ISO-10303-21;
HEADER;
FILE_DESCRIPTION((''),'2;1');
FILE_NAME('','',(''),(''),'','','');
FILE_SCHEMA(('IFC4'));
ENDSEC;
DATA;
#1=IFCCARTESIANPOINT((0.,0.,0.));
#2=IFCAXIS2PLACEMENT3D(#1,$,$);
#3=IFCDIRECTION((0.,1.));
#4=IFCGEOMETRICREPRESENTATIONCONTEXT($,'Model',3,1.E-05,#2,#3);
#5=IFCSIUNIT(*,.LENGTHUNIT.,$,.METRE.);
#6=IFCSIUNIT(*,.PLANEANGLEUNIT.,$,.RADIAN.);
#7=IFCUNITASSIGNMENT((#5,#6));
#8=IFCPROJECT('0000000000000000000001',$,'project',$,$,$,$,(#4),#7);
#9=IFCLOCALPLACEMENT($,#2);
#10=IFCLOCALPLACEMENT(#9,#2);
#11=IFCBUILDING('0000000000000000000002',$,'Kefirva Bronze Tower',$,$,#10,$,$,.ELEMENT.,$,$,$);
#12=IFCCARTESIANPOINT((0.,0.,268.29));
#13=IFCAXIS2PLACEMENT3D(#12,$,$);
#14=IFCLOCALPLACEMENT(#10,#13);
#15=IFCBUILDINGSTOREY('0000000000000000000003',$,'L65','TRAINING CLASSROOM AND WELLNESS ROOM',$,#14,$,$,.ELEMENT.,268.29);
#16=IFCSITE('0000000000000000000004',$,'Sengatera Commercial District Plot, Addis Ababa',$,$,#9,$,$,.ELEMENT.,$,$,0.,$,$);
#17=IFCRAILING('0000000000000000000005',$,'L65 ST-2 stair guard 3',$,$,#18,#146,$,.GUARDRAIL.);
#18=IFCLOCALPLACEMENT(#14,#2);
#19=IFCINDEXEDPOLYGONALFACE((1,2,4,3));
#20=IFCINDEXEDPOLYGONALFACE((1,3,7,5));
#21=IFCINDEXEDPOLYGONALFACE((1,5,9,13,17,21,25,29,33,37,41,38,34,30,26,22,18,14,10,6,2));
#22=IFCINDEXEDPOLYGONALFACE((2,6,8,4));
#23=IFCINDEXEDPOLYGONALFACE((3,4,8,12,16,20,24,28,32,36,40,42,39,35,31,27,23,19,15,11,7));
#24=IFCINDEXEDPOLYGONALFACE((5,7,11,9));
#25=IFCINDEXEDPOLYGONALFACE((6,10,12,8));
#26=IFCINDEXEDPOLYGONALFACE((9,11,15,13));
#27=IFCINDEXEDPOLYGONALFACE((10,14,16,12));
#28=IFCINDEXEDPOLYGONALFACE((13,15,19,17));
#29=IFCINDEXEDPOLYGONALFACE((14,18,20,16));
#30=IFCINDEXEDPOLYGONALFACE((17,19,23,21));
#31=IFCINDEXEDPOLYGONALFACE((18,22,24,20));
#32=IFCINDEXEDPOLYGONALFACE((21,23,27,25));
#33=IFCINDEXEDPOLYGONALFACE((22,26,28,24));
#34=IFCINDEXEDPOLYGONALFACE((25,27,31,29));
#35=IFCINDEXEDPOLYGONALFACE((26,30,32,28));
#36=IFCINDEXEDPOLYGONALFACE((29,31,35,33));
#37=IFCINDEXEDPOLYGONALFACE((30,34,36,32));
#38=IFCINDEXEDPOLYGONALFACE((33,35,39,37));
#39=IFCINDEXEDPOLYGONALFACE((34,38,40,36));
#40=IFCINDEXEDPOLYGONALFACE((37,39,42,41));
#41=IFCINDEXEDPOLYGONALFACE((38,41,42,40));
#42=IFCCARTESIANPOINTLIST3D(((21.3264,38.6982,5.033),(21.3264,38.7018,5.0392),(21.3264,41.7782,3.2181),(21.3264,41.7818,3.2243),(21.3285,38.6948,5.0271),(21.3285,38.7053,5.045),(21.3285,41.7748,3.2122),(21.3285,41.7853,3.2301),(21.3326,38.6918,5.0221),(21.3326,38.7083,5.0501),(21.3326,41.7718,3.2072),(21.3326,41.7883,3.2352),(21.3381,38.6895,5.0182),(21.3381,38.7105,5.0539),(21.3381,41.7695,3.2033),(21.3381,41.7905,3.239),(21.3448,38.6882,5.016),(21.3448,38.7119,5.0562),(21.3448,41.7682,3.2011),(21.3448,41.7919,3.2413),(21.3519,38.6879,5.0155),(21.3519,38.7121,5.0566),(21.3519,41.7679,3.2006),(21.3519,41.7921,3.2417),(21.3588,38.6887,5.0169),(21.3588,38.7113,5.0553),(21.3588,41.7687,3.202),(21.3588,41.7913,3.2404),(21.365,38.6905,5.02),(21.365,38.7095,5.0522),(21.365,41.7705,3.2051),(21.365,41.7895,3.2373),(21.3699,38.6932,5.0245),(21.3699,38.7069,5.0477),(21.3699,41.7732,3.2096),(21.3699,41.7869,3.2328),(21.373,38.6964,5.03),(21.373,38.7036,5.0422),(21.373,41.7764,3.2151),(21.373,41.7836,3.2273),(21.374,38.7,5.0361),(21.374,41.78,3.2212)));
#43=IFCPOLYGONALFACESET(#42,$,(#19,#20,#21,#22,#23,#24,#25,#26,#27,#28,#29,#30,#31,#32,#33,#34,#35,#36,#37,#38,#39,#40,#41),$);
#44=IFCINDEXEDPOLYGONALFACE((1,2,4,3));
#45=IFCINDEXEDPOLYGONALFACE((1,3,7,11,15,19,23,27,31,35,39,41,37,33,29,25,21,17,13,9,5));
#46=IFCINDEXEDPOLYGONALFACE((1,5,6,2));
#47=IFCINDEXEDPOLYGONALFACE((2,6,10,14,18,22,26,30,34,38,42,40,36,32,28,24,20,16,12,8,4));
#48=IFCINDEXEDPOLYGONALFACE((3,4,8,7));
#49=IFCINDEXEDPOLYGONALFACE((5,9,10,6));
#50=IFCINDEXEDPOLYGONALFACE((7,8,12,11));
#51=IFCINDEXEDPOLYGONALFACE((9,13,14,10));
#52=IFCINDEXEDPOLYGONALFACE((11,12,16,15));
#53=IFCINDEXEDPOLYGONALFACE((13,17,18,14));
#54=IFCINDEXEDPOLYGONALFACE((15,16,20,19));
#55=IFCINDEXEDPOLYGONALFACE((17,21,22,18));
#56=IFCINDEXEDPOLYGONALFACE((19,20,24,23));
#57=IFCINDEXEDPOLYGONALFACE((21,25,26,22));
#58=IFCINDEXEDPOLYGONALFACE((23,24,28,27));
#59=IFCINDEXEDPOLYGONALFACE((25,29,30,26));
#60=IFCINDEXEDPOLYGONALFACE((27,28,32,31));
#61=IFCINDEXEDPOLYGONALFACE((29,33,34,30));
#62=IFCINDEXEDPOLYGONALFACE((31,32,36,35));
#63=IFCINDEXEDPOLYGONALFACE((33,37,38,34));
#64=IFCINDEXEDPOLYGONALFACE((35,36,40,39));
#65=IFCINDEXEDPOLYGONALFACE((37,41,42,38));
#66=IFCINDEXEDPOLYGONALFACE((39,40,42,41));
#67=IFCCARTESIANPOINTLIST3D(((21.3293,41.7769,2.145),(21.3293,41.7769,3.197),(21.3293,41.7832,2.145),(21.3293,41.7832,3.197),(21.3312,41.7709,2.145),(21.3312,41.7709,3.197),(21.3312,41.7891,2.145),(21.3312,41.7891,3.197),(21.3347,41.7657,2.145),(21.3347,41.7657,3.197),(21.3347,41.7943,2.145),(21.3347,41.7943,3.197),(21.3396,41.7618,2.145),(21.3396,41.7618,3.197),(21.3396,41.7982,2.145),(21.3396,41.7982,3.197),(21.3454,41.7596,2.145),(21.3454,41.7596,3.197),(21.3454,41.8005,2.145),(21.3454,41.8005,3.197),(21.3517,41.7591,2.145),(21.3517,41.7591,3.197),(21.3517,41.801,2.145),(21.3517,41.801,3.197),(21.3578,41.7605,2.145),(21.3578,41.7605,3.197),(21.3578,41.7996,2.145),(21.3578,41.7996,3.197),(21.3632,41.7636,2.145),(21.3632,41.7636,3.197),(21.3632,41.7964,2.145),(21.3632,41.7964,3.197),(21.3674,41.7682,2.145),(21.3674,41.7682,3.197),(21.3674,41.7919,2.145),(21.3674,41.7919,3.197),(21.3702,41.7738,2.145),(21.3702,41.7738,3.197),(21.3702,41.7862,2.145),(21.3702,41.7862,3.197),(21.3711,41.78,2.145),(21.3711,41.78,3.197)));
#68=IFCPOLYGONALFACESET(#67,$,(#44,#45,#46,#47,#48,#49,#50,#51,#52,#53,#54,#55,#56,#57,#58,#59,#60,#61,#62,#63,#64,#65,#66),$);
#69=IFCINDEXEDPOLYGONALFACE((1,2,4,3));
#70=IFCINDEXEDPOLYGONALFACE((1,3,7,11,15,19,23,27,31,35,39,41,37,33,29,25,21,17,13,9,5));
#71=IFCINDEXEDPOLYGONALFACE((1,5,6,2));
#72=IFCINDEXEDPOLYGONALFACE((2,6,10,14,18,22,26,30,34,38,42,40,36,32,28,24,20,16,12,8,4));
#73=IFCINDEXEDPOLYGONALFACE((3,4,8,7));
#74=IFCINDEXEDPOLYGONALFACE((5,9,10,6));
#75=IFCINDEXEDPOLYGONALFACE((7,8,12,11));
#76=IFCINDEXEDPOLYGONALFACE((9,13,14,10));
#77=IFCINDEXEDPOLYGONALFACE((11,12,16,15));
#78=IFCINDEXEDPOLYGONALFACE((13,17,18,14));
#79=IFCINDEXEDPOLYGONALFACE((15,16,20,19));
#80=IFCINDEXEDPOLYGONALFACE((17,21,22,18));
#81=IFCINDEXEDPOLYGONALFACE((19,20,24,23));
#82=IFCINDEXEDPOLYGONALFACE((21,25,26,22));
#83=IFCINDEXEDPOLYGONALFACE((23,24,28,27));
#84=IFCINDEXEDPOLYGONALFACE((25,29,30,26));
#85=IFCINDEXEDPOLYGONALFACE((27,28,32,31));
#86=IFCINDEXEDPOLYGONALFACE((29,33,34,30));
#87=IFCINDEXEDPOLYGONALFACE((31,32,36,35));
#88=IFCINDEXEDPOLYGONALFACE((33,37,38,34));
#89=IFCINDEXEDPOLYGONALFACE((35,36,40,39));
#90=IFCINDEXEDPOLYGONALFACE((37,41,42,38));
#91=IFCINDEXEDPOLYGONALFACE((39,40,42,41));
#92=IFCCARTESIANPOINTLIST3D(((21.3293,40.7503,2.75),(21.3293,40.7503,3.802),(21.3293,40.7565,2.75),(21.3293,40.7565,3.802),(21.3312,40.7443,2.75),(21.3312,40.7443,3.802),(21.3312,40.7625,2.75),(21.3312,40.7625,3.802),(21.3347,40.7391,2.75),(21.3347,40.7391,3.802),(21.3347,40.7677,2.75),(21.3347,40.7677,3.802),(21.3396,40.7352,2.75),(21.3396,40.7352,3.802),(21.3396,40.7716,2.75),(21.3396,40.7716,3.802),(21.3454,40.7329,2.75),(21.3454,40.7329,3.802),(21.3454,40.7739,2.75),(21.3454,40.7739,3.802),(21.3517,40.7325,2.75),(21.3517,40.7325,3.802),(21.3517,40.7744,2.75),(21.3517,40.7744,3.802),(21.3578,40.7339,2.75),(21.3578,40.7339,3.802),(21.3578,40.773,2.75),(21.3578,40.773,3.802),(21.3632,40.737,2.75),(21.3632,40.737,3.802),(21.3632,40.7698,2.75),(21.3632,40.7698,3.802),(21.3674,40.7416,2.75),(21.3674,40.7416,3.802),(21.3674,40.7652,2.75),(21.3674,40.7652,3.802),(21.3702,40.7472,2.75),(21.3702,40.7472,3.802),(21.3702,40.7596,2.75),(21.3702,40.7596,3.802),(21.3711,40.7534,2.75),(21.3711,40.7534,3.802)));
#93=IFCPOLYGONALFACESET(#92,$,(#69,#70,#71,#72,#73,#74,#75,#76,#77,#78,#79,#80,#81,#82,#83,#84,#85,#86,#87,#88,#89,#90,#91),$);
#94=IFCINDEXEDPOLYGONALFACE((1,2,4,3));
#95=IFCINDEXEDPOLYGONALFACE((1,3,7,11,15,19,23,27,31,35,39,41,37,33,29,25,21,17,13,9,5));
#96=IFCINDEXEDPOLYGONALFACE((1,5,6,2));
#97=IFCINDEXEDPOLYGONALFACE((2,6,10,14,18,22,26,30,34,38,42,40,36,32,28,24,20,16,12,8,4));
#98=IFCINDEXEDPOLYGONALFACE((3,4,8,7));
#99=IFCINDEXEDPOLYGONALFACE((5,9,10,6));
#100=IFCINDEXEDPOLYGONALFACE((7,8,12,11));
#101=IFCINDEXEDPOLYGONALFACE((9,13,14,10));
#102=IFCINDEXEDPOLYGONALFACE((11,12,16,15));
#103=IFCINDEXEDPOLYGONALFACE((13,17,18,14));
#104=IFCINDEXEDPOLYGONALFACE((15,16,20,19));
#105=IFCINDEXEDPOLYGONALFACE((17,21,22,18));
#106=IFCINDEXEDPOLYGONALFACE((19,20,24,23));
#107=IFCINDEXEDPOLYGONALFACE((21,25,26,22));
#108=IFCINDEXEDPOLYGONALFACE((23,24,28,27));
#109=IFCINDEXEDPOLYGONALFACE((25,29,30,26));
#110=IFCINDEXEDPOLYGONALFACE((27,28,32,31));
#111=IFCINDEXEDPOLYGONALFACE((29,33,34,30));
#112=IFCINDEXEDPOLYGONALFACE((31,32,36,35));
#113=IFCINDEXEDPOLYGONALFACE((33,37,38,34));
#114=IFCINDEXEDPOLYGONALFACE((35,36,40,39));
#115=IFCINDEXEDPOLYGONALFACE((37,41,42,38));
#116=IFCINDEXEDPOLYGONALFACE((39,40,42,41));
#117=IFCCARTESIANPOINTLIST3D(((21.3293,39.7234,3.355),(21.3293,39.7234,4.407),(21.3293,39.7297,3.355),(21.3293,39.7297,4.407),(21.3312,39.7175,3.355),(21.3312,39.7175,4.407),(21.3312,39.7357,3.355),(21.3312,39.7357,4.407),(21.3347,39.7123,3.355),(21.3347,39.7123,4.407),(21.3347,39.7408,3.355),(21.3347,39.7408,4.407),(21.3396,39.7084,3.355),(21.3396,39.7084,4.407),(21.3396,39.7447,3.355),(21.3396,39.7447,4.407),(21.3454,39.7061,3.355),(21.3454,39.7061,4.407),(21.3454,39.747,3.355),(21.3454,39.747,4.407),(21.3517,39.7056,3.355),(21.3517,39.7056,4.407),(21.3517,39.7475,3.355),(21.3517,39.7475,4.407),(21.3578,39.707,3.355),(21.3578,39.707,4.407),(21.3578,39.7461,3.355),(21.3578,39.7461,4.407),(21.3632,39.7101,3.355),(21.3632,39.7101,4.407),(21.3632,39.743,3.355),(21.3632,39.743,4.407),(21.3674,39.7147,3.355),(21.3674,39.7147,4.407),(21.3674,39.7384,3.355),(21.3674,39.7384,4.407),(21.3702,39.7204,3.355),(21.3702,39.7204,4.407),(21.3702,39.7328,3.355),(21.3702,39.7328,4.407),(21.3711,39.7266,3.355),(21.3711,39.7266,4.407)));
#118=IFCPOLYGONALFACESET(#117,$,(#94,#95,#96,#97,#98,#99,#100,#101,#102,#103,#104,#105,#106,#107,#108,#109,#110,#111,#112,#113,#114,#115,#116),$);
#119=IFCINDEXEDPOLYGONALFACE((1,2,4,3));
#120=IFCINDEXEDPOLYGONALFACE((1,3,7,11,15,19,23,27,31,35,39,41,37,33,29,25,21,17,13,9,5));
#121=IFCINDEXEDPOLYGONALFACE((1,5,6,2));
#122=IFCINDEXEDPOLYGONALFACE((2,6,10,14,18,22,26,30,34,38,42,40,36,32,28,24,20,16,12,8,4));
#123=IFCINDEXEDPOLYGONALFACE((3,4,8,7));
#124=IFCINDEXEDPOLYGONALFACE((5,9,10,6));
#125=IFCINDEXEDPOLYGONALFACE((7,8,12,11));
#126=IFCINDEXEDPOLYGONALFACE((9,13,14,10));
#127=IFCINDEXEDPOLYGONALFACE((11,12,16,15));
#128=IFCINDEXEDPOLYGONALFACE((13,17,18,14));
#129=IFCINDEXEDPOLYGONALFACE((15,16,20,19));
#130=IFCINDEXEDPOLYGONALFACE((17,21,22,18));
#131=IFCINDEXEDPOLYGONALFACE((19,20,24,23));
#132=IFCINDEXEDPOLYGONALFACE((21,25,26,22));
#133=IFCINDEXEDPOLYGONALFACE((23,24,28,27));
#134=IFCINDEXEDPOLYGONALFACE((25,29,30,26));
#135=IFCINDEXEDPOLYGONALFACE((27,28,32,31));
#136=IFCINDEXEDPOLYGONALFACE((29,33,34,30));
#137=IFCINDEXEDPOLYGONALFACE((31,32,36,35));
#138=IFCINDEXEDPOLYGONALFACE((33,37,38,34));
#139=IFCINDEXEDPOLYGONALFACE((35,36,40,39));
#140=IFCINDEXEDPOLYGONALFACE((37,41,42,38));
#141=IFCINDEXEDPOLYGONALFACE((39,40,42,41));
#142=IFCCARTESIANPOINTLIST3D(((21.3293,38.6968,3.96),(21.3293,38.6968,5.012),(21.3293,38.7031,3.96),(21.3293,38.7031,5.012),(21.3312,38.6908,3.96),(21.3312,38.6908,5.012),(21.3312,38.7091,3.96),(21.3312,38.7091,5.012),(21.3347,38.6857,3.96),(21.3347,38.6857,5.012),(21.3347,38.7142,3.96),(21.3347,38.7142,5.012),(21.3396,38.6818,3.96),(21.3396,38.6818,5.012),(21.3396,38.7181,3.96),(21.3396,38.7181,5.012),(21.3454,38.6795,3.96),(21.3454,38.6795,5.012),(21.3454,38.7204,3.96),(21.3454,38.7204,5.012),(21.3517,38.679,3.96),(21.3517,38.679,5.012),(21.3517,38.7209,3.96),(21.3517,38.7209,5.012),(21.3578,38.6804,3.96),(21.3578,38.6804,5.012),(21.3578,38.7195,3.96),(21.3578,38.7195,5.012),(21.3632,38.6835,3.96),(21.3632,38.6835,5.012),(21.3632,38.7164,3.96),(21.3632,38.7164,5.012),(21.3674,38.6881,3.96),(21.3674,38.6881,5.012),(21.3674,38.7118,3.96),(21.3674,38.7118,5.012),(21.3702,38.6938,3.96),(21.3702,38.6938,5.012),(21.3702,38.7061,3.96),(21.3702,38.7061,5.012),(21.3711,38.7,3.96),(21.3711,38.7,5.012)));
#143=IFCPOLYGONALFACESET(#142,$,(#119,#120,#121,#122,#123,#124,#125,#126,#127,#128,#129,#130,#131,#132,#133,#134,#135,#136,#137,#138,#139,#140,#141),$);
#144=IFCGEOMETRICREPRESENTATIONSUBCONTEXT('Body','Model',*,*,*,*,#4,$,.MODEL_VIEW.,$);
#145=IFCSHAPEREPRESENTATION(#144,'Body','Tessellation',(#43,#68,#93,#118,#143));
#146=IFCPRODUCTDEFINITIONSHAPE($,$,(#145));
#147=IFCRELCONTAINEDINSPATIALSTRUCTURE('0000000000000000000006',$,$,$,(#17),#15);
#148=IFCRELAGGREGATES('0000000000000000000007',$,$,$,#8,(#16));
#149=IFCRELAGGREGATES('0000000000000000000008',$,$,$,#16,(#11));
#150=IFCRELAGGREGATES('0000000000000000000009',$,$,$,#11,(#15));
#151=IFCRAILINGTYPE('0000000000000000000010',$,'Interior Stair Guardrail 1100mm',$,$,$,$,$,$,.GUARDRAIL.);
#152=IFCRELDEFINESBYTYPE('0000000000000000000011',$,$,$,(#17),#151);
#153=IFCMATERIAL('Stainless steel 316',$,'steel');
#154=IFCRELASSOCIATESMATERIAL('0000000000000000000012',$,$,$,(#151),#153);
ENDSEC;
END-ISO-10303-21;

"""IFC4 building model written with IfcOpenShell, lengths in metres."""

from ifc_helpers import new_model, si_unit, direction, frame, origin, origin_2d, place, context, subcontext, project, spatial, circle, extrude, material, type_object, element, save


model = new_model("IFC4")

# Units and contexts
model_context = context("Model", 3, precision=1e-05, world=origin(), true_north=direction((0.0, 1.0)))
body_context = subcontext(model_context, "Body", "Model", "MODEL_VIEW")
ifc_project = project(units=[si_unit("LENGTHUNIT", "METRE"), si_unit("PLANEANGLEUNIT", "RADIAN")], contexts=[model_context])

# Site, building, storey
site_placement = place(None, origin())
site = spatial("IfcSite", under=ifc_project, at=site_placement, Name="Sengatera Commercial District Plot, Addis Ababa", CompositionType="ELEMENT", RefElevation=0.0)
building_placement = place(site_placement, origin())
building = spatial("IfcBuilding", under=site, at=building_placement, Name="Kefirva Bronze Tower", CompositionType="ELEMENT")
storey_placement = place(building_placement, frame((0.0, 0.0, 268.29)))
storey = spatial("IfcBuildingStorey", under=building, at=storey_placement, Name="L65", Description="TRAINING CLASSROOM AND WELLNESS ROOM", CompositionType="ELEMENT", Elevation=268.29)

# Railing
ifc_material_1 = material(Name="Stainless steel 316", Category="steel")
railing_type_1 = type_object("IfcRailingType", Name="Interior Stair Guardrail 1100mm", PredefinedType="GUARDRAIL", material=ifc_material_1)
railing_1_placement = place(storey_placement, frame((21.3501, 41.78, 2.145)))
element("IfcRailing", 1, at=railing_1_placement, inside=storey, type_object=railing_type_1, Name="L65 ST-2 stair guard 3", PredefinedType="GUARDRAIL", context=body_context, shape_type="SweptSolid", body=[
    extrude(circle(Radius=0.0239, at=origin_2d()), frame((0.0, 0.0, 1.0762), z_axis=(0.0, -0.861551, 0.507671), x_axis=(1.0, 0.0, 0.0)), (0.0, 0.0, 1.0), 3.575),
    extrude(circle(Radius=0.021, at=origin_2d()), origin(), (0.0, 0.0, 1.0), 1.052),
    extrude(circle(Radius=0.021, at=origin_2d()), frame((0.0, -1.0266, 0.605)), (0.0, 0.0, 1.0), 1.052),
    extrude(circle(Radius=0.021, at=origin_2d()), frame((0.0, -2.0535, 1.21)), (0.0, 0.0, 1.0), 1.052),
    extrude(circle(Radius=0.021, at=origin_2d()), frame((0.0, -3.0801, 1.8149)), (0.0, 0.0, 1.0), 1.052),
])

save(model, "model.ifc")
